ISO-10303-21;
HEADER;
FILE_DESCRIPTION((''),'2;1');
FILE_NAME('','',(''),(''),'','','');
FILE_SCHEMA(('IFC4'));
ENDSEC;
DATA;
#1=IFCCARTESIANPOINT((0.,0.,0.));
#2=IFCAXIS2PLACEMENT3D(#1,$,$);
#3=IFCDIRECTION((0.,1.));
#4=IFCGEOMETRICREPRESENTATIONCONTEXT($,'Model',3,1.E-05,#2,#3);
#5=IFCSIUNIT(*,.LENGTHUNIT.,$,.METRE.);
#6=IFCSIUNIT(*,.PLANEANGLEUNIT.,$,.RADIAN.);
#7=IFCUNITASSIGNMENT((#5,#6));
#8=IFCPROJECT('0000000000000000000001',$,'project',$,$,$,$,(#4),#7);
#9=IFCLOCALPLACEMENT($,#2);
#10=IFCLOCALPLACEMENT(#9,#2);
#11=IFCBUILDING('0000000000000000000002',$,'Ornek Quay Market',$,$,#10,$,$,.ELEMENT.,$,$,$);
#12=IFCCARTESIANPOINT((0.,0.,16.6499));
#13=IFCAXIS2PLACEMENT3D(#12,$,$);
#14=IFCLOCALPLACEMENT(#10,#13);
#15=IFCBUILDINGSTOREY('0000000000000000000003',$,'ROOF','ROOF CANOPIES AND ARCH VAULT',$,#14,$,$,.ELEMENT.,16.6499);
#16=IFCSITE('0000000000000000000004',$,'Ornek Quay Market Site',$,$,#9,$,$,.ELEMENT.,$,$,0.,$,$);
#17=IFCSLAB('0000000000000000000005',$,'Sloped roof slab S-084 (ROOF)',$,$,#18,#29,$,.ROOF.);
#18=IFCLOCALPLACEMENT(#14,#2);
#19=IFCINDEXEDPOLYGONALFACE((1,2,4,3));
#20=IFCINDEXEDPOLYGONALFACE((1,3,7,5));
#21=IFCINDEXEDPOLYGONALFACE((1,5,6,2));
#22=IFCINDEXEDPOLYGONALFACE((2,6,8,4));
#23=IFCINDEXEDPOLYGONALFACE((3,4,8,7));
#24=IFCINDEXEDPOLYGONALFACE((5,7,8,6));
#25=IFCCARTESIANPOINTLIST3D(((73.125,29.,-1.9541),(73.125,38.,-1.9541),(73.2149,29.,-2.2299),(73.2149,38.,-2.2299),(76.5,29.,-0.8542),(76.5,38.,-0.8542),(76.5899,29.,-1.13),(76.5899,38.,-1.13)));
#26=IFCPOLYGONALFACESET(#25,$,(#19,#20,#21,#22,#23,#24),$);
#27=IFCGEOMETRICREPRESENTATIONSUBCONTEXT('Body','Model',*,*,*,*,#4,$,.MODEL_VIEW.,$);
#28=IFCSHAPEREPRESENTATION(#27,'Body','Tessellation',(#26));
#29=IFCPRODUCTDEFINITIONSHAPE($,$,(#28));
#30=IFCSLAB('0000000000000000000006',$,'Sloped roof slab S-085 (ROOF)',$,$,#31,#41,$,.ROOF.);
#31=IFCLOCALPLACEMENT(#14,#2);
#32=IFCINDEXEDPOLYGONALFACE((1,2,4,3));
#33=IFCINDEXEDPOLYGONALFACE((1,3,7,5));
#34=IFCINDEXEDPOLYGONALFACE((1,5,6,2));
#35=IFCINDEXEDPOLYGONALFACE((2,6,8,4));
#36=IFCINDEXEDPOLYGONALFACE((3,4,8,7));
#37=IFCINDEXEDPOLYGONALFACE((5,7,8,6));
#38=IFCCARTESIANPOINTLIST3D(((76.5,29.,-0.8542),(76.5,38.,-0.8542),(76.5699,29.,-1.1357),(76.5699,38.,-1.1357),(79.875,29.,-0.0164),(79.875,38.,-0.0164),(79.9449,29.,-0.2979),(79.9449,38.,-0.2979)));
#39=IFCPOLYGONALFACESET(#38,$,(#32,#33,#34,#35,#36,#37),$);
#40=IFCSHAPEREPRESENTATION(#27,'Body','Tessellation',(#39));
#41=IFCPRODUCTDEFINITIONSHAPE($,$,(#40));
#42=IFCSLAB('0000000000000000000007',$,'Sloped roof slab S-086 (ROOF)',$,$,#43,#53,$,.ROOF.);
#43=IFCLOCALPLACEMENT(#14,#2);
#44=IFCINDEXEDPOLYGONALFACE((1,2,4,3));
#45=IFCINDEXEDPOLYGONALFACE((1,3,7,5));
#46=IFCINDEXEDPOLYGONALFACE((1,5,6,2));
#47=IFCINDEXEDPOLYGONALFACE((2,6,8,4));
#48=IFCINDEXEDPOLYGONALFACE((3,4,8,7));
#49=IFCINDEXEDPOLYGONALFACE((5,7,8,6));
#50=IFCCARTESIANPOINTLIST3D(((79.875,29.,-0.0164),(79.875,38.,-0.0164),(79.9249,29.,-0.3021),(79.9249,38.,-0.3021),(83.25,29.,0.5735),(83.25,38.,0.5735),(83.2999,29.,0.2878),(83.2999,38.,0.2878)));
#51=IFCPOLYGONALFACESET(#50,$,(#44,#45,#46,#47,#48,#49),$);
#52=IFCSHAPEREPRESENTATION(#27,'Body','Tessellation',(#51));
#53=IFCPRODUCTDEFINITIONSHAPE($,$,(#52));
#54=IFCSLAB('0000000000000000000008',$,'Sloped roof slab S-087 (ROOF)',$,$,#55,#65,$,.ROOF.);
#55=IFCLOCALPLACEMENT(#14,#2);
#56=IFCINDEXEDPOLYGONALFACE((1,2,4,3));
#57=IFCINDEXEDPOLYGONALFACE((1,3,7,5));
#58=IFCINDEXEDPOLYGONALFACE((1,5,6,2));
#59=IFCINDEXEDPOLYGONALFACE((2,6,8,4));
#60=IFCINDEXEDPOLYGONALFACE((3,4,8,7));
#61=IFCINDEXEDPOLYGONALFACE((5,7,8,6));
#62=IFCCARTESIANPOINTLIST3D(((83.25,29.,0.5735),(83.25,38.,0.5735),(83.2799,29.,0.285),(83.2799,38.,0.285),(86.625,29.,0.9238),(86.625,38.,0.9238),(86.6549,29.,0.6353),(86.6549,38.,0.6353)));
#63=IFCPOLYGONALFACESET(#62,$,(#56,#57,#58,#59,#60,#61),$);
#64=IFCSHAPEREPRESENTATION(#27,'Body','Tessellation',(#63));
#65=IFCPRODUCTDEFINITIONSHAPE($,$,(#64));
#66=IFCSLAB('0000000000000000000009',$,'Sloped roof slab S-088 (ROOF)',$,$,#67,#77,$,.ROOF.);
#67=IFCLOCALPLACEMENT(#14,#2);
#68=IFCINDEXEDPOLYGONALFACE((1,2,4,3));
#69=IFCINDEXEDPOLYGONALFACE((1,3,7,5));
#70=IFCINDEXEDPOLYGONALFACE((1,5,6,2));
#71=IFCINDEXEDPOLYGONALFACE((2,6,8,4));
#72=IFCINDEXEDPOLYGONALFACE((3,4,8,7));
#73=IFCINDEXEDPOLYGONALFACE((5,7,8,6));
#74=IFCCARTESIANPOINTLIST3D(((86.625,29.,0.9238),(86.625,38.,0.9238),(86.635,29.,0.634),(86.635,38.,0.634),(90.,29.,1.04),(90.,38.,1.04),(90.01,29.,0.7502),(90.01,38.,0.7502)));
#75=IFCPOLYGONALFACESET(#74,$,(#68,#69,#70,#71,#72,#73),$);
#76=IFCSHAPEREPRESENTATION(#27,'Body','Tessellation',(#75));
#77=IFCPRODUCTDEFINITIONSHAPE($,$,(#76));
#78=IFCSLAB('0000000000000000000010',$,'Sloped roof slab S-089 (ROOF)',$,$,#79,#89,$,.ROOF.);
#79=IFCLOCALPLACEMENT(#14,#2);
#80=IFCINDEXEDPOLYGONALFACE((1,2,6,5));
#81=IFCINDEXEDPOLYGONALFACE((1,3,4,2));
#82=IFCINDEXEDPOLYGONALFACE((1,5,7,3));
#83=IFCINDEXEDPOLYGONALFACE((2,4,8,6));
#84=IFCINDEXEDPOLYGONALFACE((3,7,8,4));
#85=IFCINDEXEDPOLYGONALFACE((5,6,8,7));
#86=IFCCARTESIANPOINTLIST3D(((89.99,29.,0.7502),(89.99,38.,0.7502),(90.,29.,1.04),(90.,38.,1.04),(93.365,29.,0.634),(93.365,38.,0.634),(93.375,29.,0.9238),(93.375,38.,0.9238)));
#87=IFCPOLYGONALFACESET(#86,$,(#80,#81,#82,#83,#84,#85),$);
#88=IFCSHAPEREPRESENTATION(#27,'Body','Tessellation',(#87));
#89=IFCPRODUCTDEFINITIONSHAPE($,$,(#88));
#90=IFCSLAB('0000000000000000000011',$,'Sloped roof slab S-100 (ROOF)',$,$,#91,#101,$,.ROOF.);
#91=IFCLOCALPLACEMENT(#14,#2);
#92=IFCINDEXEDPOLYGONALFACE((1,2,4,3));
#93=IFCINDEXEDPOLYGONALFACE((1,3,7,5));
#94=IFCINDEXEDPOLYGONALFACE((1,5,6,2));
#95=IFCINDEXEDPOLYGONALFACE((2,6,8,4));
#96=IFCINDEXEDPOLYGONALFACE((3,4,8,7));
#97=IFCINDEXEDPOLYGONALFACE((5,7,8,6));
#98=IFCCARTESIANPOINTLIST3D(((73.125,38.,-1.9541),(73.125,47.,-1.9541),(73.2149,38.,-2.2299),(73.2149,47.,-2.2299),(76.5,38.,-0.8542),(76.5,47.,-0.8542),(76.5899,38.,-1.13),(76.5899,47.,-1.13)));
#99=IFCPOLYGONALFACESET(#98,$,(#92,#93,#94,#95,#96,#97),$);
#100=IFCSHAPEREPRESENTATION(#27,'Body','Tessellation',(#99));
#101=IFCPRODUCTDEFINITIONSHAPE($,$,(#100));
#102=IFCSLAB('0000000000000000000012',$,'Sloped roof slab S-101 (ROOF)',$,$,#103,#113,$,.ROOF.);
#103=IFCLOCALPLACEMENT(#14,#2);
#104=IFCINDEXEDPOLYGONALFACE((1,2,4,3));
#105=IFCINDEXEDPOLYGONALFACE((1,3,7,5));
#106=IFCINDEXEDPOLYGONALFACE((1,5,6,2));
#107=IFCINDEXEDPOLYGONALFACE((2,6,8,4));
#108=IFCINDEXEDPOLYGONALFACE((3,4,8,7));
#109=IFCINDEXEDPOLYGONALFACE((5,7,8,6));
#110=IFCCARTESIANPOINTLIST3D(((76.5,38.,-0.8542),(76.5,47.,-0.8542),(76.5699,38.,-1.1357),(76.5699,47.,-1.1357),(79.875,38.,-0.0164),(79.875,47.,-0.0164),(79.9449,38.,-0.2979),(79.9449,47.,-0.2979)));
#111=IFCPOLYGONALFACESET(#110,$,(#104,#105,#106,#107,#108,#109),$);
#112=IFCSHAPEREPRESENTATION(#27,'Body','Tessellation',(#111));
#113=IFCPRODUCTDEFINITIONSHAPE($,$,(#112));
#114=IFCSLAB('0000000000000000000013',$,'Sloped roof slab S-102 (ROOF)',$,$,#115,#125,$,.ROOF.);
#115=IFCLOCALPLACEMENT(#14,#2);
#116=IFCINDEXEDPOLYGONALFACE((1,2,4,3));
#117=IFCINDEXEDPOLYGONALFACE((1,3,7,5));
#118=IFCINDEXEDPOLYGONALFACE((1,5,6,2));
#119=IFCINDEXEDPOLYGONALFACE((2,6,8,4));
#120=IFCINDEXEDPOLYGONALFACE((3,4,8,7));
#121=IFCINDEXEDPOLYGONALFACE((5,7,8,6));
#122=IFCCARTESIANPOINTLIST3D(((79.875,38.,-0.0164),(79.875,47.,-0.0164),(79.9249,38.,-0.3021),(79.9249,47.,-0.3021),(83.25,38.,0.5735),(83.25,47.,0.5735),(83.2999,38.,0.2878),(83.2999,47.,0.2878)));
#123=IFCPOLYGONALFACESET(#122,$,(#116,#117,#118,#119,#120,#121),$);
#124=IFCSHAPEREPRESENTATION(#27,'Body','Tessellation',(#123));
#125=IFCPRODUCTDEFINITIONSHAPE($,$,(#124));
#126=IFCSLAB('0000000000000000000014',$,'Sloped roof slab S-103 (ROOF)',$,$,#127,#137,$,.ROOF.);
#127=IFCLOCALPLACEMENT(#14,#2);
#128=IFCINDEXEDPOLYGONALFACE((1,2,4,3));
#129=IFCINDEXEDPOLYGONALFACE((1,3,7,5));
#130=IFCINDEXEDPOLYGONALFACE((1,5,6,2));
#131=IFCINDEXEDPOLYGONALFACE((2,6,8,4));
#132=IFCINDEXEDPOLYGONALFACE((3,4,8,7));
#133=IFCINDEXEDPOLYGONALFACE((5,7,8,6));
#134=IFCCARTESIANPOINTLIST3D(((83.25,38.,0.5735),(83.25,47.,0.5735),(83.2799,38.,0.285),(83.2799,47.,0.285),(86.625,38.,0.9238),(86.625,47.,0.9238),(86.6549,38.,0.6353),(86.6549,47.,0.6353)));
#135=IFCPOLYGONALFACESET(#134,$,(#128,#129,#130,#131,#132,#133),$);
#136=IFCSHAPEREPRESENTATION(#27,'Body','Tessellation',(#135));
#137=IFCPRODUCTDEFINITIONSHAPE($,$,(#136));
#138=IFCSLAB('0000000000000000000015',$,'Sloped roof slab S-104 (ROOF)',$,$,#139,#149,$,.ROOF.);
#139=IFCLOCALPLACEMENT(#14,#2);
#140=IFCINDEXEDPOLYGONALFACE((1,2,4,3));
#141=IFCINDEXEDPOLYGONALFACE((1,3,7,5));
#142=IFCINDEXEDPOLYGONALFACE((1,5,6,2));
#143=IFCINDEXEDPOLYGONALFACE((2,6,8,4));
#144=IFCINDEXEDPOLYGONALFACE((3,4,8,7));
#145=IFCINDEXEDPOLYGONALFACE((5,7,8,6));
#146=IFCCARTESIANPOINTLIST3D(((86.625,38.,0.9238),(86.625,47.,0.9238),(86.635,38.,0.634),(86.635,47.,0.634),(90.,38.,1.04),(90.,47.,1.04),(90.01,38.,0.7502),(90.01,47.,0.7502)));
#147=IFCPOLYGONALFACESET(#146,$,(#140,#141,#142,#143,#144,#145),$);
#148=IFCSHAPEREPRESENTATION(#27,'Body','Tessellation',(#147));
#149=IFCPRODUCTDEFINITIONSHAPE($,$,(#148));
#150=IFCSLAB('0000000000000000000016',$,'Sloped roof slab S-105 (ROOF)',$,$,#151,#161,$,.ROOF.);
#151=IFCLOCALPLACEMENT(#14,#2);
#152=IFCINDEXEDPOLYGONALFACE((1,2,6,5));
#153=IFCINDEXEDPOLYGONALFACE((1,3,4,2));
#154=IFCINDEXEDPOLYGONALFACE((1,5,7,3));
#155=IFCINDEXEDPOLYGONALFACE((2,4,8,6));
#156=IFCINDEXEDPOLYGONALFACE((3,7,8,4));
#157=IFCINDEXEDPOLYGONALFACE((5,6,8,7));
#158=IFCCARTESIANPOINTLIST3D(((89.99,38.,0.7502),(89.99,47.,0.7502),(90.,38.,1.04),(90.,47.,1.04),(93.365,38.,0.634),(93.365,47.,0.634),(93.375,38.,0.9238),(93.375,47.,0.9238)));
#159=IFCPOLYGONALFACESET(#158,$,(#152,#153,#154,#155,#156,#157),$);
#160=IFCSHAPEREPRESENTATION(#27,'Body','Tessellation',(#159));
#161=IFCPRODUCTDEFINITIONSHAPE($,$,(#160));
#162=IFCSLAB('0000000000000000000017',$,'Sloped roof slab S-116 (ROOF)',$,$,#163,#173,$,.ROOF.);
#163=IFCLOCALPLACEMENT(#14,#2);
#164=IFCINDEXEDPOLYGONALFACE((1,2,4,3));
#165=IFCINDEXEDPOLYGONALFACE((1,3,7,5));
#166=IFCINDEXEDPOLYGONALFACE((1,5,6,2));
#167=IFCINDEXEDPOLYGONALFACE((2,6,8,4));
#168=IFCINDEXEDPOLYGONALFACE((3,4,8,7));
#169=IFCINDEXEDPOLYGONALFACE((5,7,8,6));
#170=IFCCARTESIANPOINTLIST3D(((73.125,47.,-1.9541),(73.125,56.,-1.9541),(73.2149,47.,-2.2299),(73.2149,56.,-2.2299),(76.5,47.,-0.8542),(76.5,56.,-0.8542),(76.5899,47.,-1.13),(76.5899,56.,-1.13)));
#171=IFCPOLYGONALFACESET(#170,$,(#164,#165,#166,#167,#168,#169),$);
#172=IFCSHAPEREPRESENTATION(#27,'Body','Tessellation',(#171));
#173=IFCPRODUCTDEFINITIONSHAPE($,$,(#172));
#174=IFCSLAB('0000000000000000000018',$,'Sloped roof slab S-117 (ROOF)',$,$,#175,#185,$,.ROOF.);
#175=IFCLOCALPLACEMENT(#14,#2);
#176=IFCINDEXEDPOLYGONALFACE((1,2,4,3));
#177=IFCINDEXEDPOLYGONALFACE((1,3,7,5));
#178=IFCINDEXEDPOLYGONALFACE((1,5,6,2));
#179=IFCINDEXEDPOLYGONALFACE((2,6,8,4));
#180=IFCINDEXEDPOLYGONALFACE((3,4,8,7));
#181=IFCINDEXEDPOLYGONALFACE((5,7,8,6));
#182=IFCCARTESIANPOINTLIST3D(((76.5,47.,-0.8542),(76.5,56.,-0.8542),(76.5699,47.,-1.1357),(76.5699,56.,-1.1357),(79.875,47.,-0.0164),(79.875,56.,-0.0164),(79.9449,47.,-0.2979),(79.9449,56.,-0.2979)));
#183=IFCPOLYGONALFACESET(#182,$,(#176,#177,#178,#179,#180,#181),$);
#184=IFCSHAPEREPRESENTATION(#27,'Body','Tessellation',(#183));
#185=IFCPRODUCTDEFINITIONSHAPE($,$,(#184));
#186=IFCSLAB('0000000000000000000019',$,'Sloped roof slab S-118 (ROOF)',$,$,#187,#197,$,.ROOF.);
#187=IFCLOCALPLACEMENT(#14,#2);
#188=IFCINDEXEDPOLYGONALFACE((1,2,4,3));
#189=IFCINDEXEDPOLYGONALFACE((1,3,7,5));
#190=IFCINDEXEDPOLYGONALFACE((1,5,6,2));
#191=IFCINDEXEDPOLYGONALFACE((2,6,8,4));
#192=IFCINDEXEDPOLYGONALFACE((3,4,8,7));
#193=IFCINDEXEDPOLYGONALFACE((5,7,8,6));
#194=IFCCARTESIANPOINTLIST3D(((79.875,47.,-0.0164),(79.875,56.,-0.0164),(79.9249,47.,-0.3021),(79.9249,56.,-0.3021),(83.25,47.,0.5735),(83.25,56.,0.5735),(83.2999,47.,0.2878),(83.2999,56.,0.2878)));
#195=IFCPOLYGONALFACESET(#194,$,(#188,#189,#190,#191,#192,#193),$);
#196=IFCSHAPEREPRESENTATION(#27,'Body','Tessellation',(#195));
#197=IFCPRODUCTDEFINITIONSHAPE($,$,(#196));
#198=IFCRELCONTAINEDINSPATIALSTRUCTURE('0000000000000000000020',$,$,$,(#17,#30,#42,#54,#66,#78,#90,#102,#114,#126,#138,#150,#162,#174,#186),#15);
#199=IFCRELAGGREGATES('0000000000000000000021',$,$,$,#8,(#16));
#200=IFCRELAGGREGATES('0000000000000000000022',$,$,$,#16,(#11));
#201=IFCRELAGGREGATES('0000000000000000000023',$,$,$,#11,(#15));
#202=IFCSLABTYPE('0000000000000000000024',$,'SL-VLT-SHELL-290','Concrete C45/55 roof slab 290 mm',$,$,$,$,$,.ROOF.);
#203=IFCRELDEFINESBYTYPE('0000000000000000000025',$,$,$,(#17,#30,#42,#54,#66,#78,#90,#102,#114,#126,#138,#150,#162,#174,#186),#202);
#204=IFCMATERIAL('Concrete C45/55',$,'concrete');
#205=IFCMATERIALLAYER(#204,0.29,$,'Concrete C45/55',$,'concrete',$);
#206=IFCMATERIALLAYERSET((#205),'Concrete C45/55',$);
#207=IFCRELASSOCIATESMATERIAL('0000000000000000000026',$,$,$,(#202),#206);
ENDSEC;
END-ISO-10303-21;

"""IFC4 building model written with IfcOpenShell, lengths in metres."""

from ifc_helpers import new_model, si_unit, direction, frame, origin, place, context, subcontext, project, spatial, polyline, outline, extrude, material, layer, layer_set, type_object, element, save


model = new_model("IFC4")

# Units and contexts
model_context = context("Model", 3, precision=1e-05, world=origin(), true_north=direction((0.0, 1.0)))
body_context = subcontext(model_context, "Body", "Model", "MODEL_VIEW")
ifc_project = project(units=[si_unit("LENGTHUNIT", "METRE"), si_unit("PLANEANGLEUNIT", "RADIAN")], contexts=[model_context])

# Site, building, storey
site_placement = place(None, origin())
site = spatial("IfcSite", under=ifc_project, at=site_placement, Name="Ornek Quay Market Site", CompositionType="ELEMENT", RefElevation=0.0)
building_placement = place(site_placement, origin())
building = spatial("IfcBuilding", under=site, at=building_placement, Name="Ornek Quay Market", CompositionType="ELEMENT")
storey_placement = place(building_placement, frame((0.0, 0.0, 16.6499)))
storey = spatial("IfcBuildingStorey", under=building, at=storey_placement, Name="ROOF", Description="ROOF CANOPIES AND ARCH VAULT", CompositionType="ELEMENT", Elevation=16.6499)

# Slabs
ifc_material_1 = material(Name="Concrete C45/55", Category="concrete")
ifc_layer = layer(ifc_material_1, 0.29, Name="Concrete C45/55", Category="concrete")
ifc_layer_set = layer_set([ifc_layer], Name="Concrete C45/55")
slab_type = type_object("IfcSlabType", Name="SL-VLT-SHELL-290", Description="Concrete C45/55 roof slab 290 mm", PredefinedType="ROOF", material=ifc_layer_set)
slab_1_placement = place(storey_placement, frame((73.125, 29.0, -1.9541), z_axis=(-0.309845, 0.0, 0.950787), x_axis=(0.950787, 0.0, 0.309845)))
element("IfcSlab", 1, at=slab_1_placement, inside=storey, type_object=slab_type, Name="Sloped roof slab S-084 (ROOF)", PredefinedType="ROOF", context=body_context, shape_type="SweptSolid", body=[
    extrude(outline(polyline([(0.0, 0.0), (3.5497, 0.0), (3.5497, 9.0), (0.0, 9.0), (0.0, 0.0)])), origin(), (0.0, 0.0, -1.0), 0.29),
])
slab_2_placement = place(storey_placement, frame((76.5, 29.0, -0.8542), z_axis=(-0.240949, 0.0, 0.970538), x_axis=(0.970538, 0.0, 0.240949)))
element("IfcSlab", 2, at=slab_2_placement, inside=storey, type_object=slab_type, Name="Sloped roof slab S-085 (ROOF)", PredefinedType="ROOF", context=body_context, shape_type="SweptSolid", body=[
    extrude(outline(polyline([(0.0, 0.0), (3.4775, 0.0), (3.4775, 9.0), (0.0, 9.0), (0.0, 0.0)])), origin(), (0.0, 0.0, -1.0), 0.29),
])
slab_3_placement = place(storey_placement, frame((79.875, 29.0, -0.0164), z_axis=(-0.172159, 0.0, 0.985069), x_axis=(0.985069, 0.0, 0.172159)))
element("IfcSlab", 3, at=slab_3_placement, inside=storey, type_object=slab_type, Name="Sloped roof slab S-086 (ROOF)", PredefinedType="ROOF", context=body_context, shape_type="SweptSolid", body=[
    extrude(outline(polyline([(0.0, 0.0), (3.4262, 0.0), (3.4262, 9.0), (0.0, 9.0), (0.0, 0.0)])), origin(), (0.0, 0.0, -1.0), 0.29),
])
slab_4_placement = place(storey_placement, frame((83.25, 29.0, 0.5735), z_axis=(-0.10325, 0.0, 0.994655), x_axis=(0.994655, 0.0, 0.10325)))
element("IfcSlab", 4, at=slab_4_placement, inside=storey, type_object=slab_type, Name="Sloped roof slab S-087 (ROOF)", PredefinedType="ROOF", context=body_context, shape_type="SweptSolid", body=[
    extrude(outline(polyline([(0.0, 0.0), (3.3931, 0.0), (3.3931, 9.0), (0.0, 9.0), (0.0, 0.0)])), origin(), (0.0, 0.0, -1.0), 0.29),
])
for number, where, z_axis, x_axis, name in (
    (5, (86.625, 29.0, 0.9238), (-0.034412, 0.0, 0.999408), (0.999408, 0.0, 0.034412), "Sloped roof slab S-088 (ROOF)"),
    (6, (90.0, 29.0, 1.04), (0.034412, 0.0, 0.999408), (0.999408, 0.0, -0.034412), "Sloped roof slab S-089 (ROOF)"),
):
    element("IfcSlab", number, at=place(storey_placement, frame(where, z_axis=z_axis, x_axis=x_axis)), inside=storey, type_object=slab_type, Name=name, PredefinedType="ROOF", context=body_context, shape_type="SweptSolid", body=[
        extrude(outline(polyline([(0.0, 0.0), (3.377, 0.0), (3.377, 9.0), (0.0, 9.0), (0.0, 0.0)])), origin(), (0.0, 0.0, -1.0), 0.29),
    ])
slab_5_placement = place(storey_placement, frame((73.125, 38.0, -1.9541), z_axis=(-0.309845, 0.0, 0.950787), x_axis=(0.950787, 0.0, 0.309845)))
element("IfcSlab", 7, at=slab_5_placement, inside=storey, type_object=slab_type, Name="Sloped roof slab S-100 (ROOF)", PredefinedType="ROOF", context=body_context, shape_type="SweptSolid", body=[
    extrude(outline(polyline([(0.0, 0.0), (3.5497, 0.0), (3.5497, 9.0), (0.0, 9.0), (0.0, 0.0)])), origin(), (0.0, 0.0, -1.0), 0.29),
])
slab_6_placement = place(storey_placement, frame((76.5, 38.0, -0.8542), z_axis=(-0.240949, 0.0, 0.970538), x_axis=(0.970538, 0.0, 0.240949)))
element("IfcSlab", 8, at=slab_6_placement, inside=storey, type_object=slab_type, Name="Sloped roof slab S-101 (ROOF)", PredefinedType="ROOF", context=body_context, shape_type="SweptSolid", body=[
    extrude(outline(polyline([(0.0, 0.0), (3.4775, 0.0), (3.4775, 9.0), (0.0, 9.0), (0.0, 0.0)])), origin(), (0.0, 0.0, -1.0), 0.29),
])
slab_7_placement = place(storey_placement, frame((79.875, 38.0, -0.0164), z_axis=(-0.172159, 0.0, 0.985069), x_axis=(0.985069, 0.0, 0.172159)))
element("IfcSlab", 9, at=slab_7_placement, inside=storey, type_object=slab_type, Name="Sloped roof slab S-102 (ROOF)", PredefinedType="ROOF", context=body_context, shape_type="SweptSolid", body=[
    extrude(outline(polyline([(0.0, 0.0), (3.4262, 0.0), (3.4262, 9.0), (0.0, 9.0), (0.0, 0.0)])), origin(), (0.0, 0.0, -1.0), 0.29),
])
slab_8_placement = place(storey_placement, frame((83.25, 38.0, 0.5735), z_axis=(-0.10325, 0.0, 0.994655), x_axis=(0.994655, 0.0, 0.10325)))
element("IfcSlab", 10, at=slab_8_placement, inside=storey, type_object=slab_type, Name="Sloped roof slab S-103 (ROOF)", PredefinedType="ROOF", context=body_context, shape_type="SweptSolid", body=[
    extrude(outline(polyline([(0.0, 0.0), (3.3931, 0.0), (3.3931, 9.0), (0.0, 9.0), (0.0, 0.0)])), origin(), (0.0, 0.0, -1.0), 0.29),
])
for number, where, z_axis, x_axis, name in (
    (11, (86.625, 38.0, 0.9238), (-0.034412, 0.0, 0.999408), (0.999408, 0.0, 0.034412), "Sloped roof slab S-104 (ROOF)"),
    (12, (90.0, 38.0, 1.04), (0.034412, 0.0, 0.999408), (0.999408, 0.0, -0.034412), "Sloped roof slab S-105 (ROOF)"),
):
    element("IfcSlab", number, at=place(storey_placement, frame(where, z_axis=z_axis, x_axis=x_axis)), inside=storey, type_object=slab_type, Name=name, PredefinedType="ROOF", context=body_context, shape_type="SweptSolid", body=[
        extrude(outline(polyline([(0.0, 0.0), (3.377, 0.0), (3.377, 9.0), (0.0, 9.0), (0.0, 0.0)])), origin(), (0.0, 0.0, -1.0), 0.29),
    ])
slab_9_placement = place(storey_placement, frame((73.125, 47.0, -1.9541), z_axis=(-0.309845, 0.0, 0.950787), x_axis=(0.950787, 0.0, 0.309845)))
element("IfcSlab", 13, at=slab_9_placement, inside=storey, type_object=slab_type, Name="Sloped roof slab S-116 (ROOF)", PredefinedType="ROOF", context=body_context, shape_type="SweptSolid", body=[
    extrude(outline(polyline([(0.0, 0.0), (3.5497, 0.0), (3.5497, 9.0), (0.0, 9.0), (0.0, 0.0)])), origin(), (0.0, 0.0, -1.0), 0.29),
])
slab_10_placement = place(storey_placement, frame((76.5, 47.0, -0.8542), z_axis=(-0.240949, 0.0, 0.970538), x_axis=(0.970538, 0.0, 0.240949)))
element("IfcSlab", 14, at=slab_10_placement, inside=storey, type_object=slab_type, Name="Sloped roof slab S-117 (ROOF)", PredefinedType="ROOF", context=body_context, shape_type="SweptSolid", body=[
    extrude(outline(polyline([(0.0, 0.0), (3.4775, 0.0), (3.4775, 9.0), (0.0, 9.0), (0.0, 0.0)])), origin(), (0.0, 0.0, -1.0), 0.29),
])
slab_11_placement = place(storey_placement, frame((79.875, 47.0, -0.0164), z_axis=(-0.172159, 0.0, 0.985069), x_axis=(0.985069, 0.0, 0.172159)))
element("IfcSlab", 15, at=slab_11_placement, inside=storey, type_object=slab_type, Name="Sloped roof slab S-118 (ROOF)", PredefinedType="ROOF", context=body_context, shape_type="SweptSolid", body=[
    extrude(outline(polyline([(0.0, 0.0), (3.4262, 0.0), (3.4262, 9.0), (0.0, 9.0), (0.0, 0.0)])), origin(), (0.0, 0.0, -1.0), 0.29),
])

save(model, "model.ifc")
